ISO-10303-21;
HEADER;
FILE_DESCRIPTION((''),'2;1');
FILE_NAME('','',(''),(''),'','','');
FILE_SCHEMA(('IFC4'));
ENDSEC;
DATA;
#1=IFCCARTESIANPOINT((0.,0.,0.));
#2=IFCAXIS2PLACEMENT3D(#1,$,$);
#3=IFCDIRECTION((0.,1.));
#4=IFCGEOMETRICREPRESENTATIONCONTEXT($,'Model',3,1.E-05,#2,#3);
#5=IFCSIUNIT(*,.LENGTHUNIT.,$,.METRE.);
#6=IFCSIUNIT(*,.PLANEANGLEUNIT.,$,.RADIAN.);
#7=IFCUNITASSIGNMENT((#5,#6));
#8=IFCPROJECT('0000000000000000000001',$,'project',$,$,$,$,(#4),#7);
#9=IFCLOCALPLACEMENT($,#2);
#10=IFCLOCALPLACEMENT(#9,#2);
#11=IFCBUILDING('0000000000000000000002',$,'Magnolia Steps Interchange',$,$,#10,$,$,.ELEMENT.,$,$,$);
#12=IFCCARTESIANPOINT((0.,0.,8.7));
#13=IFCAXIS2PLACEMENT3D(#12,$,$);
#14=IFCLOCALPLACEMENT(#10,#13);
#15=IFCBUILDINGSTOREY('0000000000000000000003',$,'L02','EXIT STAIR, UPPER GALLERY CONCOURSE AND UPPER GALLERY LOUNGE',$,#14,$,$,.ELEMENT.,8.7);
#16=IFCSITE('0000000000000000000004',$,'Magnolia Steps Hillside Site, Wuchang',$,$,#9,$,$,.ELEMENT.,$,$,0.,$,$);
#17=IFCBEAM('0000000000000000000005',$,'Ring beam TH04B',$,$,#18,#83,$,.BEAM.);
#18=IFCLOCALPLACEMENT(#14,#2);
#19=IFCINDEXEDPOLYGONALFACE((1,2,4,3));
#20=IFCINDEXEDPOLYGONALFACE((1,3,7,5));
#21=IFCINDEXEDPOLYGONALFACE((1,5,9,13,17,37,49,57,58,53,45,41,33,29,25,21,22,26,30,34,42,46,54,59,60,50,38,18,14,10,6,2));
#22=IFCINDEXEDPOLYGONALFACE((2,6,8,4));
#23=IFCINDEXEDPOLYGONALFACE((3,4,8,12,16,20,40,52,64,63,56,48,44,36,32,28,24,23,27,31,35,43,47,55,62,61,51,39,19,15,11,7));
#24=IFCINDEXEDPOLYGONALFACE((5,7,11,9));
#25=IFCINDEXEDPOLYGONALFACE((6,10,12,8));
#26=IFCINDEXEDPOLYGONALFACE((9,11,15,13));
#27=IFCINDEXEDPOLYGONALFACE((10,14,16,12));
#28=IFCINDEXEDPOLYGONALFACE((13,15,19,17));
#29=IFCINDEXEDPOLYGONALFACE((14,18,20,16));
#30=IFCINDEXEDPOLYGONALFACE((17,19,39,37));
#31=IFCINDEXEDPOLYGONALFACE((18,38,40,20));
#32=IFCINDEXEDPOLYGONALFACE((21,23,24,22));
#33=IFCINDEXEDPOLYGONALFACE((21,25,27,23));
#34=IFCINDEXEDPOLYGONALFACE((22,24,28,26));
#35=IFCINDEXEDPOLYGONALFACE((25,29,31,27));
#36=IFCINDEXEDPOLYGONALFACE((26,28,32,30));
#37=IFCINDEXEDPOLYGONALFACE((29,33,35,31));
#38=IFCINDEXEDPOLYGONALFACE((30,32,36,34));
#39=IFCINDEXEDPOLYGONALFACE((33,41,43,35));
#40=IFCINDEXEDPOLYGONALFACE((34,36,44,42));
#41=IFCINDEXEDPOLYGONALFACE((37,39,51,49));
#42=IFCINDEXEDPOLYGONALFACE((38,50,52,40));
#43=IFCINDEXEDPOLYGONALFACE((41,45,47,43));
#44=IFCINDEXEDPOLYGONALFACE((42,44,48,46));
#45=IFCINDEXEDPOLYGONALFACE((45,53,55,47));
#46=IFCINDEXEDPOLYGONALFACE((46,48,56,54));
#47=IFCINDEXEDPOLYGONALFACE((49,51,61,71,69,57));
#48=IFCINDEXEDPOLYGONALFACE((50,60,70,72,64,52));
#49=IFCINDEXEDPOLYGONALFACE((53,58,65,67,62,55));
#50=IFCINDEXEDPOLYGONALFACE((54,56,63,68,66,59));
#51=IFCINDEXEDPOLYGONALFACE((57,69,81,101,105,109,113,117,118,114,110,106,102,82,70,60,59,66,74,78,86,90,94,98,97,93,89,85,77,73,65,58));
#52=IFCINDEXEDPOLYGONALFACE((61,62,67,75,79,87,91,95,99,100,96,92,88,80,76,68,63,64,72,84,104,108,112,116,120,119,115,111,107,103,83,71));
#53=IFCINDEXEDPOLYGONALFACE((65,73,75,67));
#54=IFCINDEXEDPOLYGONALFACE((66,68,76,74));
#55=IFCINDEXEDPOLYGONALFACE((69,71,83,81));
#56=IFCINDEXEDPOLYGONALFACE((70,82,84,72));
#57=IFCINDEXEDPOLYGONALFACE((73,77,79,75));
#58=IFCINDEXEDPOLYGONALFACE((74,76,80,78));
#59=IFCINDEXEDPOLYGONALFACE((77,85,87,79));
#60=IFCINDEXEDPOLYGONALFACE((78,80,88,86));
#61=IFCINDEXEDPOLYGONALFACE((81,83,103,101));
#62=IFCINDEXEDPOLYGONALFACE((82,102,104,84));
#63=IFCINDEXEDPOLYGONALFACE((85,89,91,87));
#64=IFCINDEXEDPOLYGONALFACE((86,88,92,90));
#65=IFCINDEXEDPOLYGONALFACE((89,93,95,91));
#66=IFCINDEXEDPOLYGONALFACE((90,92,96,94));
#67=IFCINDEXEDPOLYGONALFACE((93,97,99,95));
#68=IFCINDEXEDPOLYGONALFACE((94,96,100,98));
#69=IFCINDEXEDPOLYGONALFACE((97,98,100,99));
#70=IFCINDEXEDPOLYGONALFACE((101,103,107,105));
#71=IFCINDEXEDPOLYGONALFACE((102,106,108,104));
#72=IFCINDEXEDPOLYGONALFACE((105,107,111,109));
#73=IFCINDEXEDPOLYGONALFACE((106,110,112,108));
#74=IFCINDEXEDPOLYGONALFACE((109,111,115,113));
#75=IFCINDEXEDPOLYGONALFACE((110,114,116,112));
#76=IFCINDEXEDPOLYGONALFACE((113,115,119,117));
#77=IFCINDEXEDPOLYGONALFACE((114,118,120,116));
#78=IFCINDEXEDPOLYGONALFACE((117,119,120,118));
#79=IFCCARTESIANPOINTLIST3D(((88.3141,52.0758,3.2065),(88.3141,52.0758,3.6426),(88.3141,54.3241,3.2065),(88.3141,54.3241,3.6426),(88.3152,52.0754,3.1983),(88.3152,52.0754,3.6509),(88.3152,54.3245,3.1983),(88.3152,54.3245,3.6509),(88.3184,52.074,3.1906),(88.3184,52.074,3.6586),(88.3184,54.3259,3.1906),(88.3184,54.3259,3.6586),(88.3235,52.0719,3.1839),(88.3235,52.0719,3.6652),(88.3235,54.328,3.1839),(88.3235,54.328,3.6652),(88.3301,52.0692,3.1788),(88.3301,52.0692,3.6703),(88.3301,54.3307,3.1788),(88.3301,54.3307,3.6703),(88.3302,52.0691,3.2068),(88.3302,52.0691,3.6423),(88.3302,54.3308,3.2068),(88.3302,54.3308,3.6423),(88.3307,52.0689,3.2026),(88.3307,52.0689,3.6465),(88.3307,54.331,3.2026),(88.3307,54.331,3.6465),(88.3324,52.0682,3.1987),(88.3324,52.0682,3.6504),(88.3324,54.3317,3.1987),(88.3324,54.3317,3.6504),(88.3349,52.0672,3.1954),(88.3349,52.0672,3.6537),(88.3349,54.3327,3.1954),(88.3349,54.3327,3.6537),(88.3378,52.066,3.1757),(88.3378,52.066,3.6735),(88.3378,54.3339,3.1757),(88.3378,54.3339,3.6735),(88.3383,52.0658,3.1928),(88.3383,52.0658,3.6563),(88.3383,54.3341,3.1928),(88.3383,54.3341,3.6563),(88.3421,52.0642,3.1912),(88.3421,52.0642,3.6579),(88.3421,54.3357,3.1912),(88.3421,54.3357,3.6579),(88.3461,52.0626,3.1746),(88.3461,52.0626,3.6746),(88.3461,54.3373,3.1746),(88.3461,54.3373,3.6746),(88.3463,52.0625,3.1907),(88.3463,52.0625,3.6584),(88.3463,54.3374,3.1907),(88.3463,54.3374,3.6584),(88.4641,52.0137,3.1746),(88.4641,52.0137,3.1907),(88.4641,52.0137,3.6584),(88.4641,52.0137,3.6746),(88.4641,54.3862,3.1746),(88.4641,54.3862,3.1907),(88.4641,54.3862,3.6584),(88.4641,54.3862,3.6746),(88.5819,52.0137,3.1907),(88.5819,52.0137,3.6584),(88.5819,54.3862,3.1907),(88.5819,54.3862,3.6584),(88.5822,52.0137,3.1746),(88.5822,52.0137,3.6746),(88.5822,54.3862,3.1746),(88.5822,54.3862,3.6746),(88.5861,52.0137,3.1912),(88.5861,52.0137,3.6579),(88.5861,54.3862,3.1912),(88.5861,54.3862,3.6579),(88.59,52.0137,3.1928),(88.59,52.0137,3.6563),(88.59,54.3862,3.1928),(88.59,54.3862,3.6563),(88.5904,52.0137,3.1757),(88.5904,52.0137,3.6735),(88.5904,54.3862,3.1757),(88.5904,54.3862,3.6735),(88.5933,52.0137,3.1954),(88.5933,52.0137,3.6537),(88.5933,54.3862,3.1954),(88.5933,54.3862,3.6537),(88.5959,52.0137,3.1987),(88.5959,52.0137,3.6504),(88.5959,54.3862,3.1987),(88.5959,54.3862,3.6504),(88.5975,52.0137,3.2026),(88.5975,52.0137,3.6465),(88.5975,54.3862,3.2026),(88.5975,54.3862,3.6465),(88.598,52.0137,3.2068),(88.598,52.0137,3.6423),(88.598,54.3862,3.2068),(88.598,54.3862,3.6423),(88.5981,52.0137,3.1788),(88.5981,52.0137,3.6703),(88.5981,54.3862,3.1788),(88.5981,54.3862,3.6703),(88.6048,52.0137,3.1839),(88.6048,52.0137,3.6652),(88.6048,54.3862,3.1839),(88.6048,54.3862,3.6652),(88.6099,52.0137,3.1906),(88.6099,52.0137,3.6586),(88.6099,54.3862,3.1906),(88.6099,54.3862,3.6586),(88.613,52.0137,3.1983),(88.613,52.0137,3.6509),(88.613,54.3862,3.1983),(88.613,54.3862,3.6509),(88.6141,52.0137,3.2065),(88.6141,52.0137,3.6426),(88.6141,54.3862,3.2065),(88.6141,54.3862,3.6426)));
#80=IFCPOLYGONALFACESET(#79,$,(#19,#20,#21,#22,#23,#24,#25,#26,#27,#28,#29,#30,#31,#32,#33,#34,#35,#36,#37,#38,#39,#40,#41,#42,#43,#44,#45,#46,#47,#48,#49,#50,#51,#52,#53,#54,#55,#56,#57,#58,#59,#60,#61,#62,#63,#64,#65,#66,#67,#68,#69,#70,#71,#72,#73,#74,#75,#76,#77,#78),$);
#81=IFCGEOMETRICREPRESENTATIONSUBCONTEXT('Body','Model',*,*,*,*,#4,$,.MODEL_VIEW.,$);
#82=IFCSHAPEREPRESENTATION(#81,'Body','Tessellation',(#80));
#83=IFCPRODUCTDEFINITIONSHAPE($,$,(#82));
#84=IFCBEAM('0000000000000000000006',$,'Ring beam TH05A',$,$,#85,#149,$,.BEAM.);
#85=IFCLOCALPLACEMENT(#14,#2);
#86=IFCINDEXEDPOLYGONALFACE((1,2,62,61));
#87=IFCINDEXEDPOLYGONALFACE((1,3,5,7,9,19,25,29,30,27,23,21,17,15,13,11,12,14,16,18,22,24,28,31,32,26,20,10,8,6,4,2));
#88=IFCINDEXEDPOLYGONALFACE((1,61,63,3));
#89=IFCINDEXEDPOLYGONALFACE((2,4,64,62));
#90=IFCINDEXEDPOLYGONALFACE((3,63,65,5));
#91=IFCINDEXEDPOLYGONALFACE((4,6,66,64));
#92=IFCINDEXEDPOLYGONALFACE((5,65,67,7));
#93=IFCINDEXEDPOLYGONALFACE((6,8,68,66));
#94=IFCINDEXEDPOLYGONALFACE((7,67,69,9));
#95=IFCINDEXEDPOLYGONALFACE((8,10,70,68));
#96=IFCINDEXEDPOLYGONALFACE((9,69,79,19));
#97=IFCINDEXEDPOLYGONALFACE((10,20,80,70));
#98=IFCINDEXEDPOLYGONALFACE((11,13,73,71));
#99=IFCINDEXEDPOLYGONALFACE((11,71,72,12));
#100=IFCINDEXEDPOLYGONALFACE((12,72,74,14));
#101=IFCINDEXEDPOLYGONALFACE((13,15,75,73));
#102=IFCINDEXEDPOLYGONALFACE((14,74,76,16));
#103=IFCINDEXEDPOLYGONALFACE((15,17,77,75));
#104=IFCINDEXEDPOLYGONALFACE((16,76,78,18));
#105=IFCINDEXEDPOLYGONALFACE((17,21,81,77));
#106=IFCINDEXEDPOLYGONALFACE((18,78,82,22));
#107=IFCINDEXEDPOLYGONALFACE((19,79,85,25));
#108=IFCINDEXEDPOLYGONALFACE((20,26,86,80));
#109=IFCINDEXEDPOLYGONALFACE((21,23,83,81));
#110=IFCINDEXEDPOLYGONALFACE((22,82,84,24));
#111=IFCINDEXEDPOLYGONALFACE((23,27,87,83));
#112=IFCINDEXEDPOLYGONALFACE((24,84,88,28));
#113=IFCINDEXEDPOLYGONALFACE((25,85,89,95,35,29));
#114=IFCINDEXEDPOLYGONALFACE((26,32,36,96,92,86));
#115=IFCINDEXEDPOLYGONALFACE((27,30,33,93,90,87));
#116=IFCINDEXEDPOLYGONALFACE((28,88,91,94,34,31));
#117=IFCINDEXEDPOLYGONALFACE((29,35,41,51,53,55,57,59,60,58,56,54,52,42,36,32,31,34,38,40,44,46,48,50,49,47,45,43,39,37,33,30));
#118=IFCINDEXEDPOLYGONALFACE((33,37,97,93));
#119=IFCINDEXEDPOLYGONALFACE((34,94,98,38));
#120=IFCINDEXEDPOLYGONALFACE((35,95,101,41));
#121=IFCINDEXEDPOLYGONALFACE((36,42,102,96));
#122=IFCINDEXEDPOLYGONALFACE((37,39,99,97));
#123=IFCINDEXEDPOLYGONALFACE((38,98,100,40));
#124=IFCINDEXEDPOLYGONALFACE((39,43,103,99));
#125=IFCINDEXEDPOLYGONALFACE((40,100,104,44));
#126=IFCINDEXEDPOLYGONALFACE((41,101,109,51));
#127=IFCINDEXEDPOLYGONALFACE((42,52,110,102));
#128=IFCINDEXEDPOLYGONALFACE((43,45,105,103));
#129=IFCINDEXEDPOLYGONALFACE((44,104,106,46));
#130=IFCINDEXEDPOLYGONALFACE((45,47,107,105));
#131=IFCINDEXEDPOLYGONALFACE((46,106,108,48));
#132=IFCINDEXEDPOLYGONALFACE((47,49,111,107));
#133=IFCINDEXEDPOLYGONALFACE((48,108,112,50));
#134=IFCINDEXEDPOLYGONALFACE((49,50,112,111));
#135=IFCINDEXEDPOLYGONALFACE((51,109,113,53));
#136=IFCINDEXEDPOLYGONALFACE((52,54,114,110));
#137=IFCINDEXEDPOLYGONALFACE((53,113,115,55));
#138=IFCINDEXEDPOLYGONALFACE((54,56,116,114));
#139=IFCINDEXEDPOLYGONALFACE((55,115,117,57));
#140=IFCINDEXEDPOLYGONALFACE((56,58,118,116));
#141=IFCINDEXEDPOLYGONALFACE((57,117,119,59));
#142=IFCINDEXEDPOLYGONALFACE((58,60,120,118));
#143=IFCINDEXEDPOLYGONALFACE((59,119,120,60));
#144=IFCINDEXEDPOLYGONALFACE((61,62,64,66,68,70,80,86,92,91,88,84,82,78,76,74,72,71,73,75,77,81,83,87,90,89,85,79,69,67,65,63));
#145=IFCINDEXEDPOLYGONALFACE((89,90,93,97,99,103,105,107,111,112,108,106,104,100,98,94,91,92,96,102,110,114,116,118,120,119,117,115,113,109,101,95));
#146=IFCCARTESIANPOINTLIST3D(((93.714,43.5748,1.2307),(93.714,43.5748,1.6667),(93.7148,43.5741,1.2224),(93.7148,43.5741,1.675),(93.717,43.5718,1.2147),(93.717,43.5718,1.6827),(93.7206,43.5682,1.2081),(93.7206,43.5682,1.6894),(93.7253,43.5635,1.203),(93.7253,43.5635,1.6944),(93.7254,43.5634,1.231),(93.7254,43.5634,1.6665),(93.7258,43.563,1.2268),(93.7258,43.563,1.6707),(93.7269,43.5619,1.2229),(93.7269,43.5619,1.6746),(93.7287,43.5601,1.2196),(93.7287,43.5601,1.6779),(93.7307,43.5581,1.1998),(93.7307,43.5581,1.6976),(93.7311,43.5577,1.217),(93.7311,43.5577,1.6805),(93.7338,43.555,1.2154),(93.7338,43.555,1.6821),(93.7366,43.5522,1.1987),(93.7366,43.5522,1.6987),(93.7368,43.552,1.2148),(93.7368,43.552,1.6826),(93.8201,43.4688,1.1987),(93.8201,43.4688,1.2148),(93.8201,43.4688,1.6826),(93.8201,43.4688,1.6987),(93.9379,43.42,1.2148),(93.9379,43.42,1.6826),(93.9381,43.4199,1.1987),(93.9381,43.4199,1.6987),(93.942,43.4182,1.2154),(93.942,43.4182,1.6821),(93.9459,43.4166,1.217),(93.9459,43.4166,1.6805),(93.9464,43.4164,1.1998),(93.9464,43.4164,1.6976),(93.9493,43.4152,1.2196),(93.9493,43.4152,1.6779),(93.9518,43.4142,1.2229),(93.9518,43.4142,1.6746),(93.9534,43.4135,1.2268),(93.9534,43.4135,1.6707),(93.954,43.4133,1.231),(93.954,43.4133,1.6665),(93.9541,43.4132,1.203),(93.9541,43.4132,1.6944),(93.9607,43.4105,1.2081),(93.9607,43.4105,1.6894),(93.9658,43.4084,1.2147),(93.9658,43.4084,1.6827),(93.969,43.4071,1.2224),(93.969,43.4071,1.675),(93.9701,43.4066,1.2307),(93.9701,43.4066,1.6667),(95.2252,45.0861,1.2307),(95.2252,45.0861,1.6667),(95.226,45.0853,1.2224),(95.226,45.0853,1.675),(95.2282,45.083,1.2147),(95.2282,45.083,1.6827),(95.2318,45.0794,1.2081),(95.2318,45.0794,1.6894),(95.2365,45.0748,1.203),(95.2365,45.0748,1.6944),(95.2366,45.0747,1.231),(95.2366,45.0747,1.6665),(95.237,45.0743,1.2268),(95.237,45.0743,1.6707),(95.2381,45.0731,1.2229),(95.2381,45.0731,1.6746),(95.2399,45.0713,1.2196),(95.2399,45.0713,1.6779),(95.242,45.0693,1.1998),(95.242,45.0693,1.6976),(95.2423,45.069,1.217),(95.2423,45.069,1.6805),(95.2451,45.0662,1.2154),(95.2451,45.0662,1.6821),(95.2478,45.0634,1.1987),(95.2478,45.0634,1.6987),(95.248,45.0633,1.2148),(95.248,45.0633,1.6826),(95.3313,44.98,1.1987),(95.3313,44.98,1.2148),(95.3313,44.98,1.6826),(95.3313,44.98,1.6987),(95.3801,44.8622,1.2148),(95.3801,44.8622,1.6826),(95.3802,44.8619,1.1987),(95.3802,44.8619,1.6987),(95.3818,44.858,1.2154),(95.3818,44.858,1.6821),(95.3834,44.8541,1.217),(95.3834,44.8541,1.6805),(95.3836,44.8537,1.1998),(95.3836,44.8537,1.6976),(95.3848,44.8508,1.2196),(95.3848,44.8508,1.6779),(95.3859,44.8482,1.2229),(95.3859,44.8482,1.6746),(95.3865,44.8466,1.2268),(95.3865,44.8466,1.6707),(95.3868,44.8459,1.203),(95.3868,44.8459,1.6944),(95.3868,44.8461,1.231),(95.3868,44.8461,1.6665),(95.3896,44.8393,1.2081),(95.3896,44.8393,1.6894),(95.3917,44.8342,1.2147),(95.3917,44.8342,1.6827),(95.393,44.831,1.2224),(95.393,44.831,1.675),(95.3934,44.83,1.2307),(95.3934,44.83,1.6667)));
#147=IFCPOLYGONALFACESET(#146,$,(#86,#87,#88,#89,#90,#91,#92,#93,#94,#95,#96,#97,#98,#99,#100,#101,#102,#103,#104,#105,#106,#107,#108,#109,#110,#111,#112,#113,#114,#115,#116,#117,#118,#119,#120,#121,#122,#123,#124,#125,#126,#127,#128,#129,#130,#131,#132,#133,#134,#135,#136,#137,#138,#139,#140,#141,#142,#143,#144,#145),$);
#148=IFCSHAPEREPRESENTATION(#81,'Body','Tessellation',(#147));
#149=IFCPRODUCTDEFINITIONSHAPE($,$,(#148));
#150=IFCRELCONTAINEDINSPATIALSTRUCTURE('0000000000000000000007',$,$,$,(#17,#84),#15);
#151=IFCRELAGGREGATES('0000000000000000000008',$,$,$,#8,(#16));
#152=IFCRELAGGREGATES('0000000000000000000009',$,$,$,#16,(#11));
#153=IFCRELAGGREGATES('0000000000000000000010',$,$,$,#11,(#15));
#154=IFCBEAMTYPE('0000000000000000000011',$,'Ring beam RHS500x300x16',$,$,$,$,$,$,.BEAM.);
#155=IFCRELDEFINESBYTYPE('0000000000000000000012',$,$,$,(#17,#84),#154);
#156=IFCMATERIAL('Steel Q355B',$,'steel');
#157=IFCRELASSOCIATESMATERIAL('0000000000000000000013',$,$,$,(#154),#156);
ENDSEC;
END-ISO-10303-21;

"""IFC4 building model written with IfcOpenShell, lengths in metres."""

from ifc_helpers import new_model, si_unit, direction, frame, origin, origin_2d, place, context, subcontext, project, spatial, hollow_rectangle, extrude, clip, halfspace, material, material_profile, profile_set, type_object, element, save


model = new_model("IFC4")

# Units and contexts
model_context = context("Model", 3, precision=1e-05, world=origin(), true_north=direction((0.0, 1.0)))
body_context = subcontext(model_context, "Body", "Model", "MODEL_VIEW")
ifc_project = project(units=[si_unit("LENGTHUNIT", "METRE"), si_unit("PLANEANGLEUNIT", "RADIAN")], contexts=[model_context])

# Site, building, storey
site_placement = place(None, origin())
site = spatial("IfcSite", under=ifc_project, at=site_placement, Name="Magnolia Steps Hillside Site, Wuchang", CompositionType="ELEMENT", RefElevation=0.0)
building_placement = place(site_placement, origin())
building = spatial("IfcBuilding", under=site, at=building_placement, Name="Magnolia Steps Interchange", CompositionType="ELEMENT")
storey_placement = place(building_placement, frame((0.0, 0.0, 8.7)))
storey = spatial("IfcBuildingStorey", under=building, at=storey_placement, Name="L02", Description="EXIT STAIR, UPPER GALLERY CONCOURSE AND UPPER GALLERY LOUNGE", CompositionType="ELEMENT", Elevation=8.7)

# Beams
ifc_material_1 = material(Name="Steel Q355B", Category="steel")
ifc_material_profile_1 = material_profile(ifc_material_1, hollow_rectangle(XDim=0.3, YDim=0.5, WallThickness=0.0161, InnerFilletRadius=0.0161, OuterFilletRadius=0.032, at=origin_2d()), Name="RHS500x300x16")
ifc_profile_set_1 = profile_set([ifc_material_profile_1], Name="Steel Q355B")
beam_type = type_object("IfcBeamType", Name="Ring beam RHS500x300x16", PredefinedType="BEAM", material=ifc_profile_set_1)
beam_1_placement = place(storey_placement, frame((88.4641, 52.0137, 3.4246), z_axis=(0.0, 1.0, 0.0), x_axis=(-1.0, 0.0, 0.0)))
element("IfcBeam", 1, at=beam_1_placement, inside=storey, type_object=beam_type, Name="Ring beam TH04B", PredefinedType="BEAM", context=body_context, shape_type="Clipping", body=[
    clip(clip(extrude(hollow_rectangle(XDim=0.3, YDim=0.5, WallThickness=0.0161, InnerFilletRadius=0.0161, OuterFilletRadius=0.032, at=origin_2d()), origin(), (0.0, 0.0, 1.0), 2.3726), halfspace(frame((0.0, 0.0, 0.0), z_axis=(0.382683, 0.0, -0.92388), x_axis=(0.92388, 0.0, 0.382683)), False)), halfspace(frame((0.0, 0.0, 2.3726), z_axis=(0.382683, 0.0, 0.92388), x_axis=(0.92388, 0.0, -0.382683)), False)),
])
beam_2_placement = place(storey_placement, frame((95.3313, 44.98, 1.4487), z_axis=(-0.707107, -0.707107, 0.0), x_axis=(0.707107, -0.707107, 0.0)))
element("IfcBeam", 2, at=beam_2_placement, inside=storey, type_object=beam_type, Name="Ring beam TH05A", PredefinedType="BEAM", context=body_context, shape_type="Clipping", body=[
    clip(clip(extrude(hollow_rectangle(XDim=0.3, YDim=0.5, WallThickness=0.0161, InnerFilletRadius=0.0161, OuterFilletRadius=0.032, at=origin_2d()), origin(), (0.0, 0.0, 1.0), 2.1372), halfspace(frame((0.0, 0.0, 0.0), z_axis=(0.382683, 0.0, -0.92388), x_axis=(0.92388, 0.0, 0.382683)), False)), halfspace(frame((0.0, 0.0, 2.1372), z_axis=(0.382683, 0.0, 0.92388), x_axis=(0.92388, 0.0, -0.382683)), False)),
])

save(model, "model.ifc")
